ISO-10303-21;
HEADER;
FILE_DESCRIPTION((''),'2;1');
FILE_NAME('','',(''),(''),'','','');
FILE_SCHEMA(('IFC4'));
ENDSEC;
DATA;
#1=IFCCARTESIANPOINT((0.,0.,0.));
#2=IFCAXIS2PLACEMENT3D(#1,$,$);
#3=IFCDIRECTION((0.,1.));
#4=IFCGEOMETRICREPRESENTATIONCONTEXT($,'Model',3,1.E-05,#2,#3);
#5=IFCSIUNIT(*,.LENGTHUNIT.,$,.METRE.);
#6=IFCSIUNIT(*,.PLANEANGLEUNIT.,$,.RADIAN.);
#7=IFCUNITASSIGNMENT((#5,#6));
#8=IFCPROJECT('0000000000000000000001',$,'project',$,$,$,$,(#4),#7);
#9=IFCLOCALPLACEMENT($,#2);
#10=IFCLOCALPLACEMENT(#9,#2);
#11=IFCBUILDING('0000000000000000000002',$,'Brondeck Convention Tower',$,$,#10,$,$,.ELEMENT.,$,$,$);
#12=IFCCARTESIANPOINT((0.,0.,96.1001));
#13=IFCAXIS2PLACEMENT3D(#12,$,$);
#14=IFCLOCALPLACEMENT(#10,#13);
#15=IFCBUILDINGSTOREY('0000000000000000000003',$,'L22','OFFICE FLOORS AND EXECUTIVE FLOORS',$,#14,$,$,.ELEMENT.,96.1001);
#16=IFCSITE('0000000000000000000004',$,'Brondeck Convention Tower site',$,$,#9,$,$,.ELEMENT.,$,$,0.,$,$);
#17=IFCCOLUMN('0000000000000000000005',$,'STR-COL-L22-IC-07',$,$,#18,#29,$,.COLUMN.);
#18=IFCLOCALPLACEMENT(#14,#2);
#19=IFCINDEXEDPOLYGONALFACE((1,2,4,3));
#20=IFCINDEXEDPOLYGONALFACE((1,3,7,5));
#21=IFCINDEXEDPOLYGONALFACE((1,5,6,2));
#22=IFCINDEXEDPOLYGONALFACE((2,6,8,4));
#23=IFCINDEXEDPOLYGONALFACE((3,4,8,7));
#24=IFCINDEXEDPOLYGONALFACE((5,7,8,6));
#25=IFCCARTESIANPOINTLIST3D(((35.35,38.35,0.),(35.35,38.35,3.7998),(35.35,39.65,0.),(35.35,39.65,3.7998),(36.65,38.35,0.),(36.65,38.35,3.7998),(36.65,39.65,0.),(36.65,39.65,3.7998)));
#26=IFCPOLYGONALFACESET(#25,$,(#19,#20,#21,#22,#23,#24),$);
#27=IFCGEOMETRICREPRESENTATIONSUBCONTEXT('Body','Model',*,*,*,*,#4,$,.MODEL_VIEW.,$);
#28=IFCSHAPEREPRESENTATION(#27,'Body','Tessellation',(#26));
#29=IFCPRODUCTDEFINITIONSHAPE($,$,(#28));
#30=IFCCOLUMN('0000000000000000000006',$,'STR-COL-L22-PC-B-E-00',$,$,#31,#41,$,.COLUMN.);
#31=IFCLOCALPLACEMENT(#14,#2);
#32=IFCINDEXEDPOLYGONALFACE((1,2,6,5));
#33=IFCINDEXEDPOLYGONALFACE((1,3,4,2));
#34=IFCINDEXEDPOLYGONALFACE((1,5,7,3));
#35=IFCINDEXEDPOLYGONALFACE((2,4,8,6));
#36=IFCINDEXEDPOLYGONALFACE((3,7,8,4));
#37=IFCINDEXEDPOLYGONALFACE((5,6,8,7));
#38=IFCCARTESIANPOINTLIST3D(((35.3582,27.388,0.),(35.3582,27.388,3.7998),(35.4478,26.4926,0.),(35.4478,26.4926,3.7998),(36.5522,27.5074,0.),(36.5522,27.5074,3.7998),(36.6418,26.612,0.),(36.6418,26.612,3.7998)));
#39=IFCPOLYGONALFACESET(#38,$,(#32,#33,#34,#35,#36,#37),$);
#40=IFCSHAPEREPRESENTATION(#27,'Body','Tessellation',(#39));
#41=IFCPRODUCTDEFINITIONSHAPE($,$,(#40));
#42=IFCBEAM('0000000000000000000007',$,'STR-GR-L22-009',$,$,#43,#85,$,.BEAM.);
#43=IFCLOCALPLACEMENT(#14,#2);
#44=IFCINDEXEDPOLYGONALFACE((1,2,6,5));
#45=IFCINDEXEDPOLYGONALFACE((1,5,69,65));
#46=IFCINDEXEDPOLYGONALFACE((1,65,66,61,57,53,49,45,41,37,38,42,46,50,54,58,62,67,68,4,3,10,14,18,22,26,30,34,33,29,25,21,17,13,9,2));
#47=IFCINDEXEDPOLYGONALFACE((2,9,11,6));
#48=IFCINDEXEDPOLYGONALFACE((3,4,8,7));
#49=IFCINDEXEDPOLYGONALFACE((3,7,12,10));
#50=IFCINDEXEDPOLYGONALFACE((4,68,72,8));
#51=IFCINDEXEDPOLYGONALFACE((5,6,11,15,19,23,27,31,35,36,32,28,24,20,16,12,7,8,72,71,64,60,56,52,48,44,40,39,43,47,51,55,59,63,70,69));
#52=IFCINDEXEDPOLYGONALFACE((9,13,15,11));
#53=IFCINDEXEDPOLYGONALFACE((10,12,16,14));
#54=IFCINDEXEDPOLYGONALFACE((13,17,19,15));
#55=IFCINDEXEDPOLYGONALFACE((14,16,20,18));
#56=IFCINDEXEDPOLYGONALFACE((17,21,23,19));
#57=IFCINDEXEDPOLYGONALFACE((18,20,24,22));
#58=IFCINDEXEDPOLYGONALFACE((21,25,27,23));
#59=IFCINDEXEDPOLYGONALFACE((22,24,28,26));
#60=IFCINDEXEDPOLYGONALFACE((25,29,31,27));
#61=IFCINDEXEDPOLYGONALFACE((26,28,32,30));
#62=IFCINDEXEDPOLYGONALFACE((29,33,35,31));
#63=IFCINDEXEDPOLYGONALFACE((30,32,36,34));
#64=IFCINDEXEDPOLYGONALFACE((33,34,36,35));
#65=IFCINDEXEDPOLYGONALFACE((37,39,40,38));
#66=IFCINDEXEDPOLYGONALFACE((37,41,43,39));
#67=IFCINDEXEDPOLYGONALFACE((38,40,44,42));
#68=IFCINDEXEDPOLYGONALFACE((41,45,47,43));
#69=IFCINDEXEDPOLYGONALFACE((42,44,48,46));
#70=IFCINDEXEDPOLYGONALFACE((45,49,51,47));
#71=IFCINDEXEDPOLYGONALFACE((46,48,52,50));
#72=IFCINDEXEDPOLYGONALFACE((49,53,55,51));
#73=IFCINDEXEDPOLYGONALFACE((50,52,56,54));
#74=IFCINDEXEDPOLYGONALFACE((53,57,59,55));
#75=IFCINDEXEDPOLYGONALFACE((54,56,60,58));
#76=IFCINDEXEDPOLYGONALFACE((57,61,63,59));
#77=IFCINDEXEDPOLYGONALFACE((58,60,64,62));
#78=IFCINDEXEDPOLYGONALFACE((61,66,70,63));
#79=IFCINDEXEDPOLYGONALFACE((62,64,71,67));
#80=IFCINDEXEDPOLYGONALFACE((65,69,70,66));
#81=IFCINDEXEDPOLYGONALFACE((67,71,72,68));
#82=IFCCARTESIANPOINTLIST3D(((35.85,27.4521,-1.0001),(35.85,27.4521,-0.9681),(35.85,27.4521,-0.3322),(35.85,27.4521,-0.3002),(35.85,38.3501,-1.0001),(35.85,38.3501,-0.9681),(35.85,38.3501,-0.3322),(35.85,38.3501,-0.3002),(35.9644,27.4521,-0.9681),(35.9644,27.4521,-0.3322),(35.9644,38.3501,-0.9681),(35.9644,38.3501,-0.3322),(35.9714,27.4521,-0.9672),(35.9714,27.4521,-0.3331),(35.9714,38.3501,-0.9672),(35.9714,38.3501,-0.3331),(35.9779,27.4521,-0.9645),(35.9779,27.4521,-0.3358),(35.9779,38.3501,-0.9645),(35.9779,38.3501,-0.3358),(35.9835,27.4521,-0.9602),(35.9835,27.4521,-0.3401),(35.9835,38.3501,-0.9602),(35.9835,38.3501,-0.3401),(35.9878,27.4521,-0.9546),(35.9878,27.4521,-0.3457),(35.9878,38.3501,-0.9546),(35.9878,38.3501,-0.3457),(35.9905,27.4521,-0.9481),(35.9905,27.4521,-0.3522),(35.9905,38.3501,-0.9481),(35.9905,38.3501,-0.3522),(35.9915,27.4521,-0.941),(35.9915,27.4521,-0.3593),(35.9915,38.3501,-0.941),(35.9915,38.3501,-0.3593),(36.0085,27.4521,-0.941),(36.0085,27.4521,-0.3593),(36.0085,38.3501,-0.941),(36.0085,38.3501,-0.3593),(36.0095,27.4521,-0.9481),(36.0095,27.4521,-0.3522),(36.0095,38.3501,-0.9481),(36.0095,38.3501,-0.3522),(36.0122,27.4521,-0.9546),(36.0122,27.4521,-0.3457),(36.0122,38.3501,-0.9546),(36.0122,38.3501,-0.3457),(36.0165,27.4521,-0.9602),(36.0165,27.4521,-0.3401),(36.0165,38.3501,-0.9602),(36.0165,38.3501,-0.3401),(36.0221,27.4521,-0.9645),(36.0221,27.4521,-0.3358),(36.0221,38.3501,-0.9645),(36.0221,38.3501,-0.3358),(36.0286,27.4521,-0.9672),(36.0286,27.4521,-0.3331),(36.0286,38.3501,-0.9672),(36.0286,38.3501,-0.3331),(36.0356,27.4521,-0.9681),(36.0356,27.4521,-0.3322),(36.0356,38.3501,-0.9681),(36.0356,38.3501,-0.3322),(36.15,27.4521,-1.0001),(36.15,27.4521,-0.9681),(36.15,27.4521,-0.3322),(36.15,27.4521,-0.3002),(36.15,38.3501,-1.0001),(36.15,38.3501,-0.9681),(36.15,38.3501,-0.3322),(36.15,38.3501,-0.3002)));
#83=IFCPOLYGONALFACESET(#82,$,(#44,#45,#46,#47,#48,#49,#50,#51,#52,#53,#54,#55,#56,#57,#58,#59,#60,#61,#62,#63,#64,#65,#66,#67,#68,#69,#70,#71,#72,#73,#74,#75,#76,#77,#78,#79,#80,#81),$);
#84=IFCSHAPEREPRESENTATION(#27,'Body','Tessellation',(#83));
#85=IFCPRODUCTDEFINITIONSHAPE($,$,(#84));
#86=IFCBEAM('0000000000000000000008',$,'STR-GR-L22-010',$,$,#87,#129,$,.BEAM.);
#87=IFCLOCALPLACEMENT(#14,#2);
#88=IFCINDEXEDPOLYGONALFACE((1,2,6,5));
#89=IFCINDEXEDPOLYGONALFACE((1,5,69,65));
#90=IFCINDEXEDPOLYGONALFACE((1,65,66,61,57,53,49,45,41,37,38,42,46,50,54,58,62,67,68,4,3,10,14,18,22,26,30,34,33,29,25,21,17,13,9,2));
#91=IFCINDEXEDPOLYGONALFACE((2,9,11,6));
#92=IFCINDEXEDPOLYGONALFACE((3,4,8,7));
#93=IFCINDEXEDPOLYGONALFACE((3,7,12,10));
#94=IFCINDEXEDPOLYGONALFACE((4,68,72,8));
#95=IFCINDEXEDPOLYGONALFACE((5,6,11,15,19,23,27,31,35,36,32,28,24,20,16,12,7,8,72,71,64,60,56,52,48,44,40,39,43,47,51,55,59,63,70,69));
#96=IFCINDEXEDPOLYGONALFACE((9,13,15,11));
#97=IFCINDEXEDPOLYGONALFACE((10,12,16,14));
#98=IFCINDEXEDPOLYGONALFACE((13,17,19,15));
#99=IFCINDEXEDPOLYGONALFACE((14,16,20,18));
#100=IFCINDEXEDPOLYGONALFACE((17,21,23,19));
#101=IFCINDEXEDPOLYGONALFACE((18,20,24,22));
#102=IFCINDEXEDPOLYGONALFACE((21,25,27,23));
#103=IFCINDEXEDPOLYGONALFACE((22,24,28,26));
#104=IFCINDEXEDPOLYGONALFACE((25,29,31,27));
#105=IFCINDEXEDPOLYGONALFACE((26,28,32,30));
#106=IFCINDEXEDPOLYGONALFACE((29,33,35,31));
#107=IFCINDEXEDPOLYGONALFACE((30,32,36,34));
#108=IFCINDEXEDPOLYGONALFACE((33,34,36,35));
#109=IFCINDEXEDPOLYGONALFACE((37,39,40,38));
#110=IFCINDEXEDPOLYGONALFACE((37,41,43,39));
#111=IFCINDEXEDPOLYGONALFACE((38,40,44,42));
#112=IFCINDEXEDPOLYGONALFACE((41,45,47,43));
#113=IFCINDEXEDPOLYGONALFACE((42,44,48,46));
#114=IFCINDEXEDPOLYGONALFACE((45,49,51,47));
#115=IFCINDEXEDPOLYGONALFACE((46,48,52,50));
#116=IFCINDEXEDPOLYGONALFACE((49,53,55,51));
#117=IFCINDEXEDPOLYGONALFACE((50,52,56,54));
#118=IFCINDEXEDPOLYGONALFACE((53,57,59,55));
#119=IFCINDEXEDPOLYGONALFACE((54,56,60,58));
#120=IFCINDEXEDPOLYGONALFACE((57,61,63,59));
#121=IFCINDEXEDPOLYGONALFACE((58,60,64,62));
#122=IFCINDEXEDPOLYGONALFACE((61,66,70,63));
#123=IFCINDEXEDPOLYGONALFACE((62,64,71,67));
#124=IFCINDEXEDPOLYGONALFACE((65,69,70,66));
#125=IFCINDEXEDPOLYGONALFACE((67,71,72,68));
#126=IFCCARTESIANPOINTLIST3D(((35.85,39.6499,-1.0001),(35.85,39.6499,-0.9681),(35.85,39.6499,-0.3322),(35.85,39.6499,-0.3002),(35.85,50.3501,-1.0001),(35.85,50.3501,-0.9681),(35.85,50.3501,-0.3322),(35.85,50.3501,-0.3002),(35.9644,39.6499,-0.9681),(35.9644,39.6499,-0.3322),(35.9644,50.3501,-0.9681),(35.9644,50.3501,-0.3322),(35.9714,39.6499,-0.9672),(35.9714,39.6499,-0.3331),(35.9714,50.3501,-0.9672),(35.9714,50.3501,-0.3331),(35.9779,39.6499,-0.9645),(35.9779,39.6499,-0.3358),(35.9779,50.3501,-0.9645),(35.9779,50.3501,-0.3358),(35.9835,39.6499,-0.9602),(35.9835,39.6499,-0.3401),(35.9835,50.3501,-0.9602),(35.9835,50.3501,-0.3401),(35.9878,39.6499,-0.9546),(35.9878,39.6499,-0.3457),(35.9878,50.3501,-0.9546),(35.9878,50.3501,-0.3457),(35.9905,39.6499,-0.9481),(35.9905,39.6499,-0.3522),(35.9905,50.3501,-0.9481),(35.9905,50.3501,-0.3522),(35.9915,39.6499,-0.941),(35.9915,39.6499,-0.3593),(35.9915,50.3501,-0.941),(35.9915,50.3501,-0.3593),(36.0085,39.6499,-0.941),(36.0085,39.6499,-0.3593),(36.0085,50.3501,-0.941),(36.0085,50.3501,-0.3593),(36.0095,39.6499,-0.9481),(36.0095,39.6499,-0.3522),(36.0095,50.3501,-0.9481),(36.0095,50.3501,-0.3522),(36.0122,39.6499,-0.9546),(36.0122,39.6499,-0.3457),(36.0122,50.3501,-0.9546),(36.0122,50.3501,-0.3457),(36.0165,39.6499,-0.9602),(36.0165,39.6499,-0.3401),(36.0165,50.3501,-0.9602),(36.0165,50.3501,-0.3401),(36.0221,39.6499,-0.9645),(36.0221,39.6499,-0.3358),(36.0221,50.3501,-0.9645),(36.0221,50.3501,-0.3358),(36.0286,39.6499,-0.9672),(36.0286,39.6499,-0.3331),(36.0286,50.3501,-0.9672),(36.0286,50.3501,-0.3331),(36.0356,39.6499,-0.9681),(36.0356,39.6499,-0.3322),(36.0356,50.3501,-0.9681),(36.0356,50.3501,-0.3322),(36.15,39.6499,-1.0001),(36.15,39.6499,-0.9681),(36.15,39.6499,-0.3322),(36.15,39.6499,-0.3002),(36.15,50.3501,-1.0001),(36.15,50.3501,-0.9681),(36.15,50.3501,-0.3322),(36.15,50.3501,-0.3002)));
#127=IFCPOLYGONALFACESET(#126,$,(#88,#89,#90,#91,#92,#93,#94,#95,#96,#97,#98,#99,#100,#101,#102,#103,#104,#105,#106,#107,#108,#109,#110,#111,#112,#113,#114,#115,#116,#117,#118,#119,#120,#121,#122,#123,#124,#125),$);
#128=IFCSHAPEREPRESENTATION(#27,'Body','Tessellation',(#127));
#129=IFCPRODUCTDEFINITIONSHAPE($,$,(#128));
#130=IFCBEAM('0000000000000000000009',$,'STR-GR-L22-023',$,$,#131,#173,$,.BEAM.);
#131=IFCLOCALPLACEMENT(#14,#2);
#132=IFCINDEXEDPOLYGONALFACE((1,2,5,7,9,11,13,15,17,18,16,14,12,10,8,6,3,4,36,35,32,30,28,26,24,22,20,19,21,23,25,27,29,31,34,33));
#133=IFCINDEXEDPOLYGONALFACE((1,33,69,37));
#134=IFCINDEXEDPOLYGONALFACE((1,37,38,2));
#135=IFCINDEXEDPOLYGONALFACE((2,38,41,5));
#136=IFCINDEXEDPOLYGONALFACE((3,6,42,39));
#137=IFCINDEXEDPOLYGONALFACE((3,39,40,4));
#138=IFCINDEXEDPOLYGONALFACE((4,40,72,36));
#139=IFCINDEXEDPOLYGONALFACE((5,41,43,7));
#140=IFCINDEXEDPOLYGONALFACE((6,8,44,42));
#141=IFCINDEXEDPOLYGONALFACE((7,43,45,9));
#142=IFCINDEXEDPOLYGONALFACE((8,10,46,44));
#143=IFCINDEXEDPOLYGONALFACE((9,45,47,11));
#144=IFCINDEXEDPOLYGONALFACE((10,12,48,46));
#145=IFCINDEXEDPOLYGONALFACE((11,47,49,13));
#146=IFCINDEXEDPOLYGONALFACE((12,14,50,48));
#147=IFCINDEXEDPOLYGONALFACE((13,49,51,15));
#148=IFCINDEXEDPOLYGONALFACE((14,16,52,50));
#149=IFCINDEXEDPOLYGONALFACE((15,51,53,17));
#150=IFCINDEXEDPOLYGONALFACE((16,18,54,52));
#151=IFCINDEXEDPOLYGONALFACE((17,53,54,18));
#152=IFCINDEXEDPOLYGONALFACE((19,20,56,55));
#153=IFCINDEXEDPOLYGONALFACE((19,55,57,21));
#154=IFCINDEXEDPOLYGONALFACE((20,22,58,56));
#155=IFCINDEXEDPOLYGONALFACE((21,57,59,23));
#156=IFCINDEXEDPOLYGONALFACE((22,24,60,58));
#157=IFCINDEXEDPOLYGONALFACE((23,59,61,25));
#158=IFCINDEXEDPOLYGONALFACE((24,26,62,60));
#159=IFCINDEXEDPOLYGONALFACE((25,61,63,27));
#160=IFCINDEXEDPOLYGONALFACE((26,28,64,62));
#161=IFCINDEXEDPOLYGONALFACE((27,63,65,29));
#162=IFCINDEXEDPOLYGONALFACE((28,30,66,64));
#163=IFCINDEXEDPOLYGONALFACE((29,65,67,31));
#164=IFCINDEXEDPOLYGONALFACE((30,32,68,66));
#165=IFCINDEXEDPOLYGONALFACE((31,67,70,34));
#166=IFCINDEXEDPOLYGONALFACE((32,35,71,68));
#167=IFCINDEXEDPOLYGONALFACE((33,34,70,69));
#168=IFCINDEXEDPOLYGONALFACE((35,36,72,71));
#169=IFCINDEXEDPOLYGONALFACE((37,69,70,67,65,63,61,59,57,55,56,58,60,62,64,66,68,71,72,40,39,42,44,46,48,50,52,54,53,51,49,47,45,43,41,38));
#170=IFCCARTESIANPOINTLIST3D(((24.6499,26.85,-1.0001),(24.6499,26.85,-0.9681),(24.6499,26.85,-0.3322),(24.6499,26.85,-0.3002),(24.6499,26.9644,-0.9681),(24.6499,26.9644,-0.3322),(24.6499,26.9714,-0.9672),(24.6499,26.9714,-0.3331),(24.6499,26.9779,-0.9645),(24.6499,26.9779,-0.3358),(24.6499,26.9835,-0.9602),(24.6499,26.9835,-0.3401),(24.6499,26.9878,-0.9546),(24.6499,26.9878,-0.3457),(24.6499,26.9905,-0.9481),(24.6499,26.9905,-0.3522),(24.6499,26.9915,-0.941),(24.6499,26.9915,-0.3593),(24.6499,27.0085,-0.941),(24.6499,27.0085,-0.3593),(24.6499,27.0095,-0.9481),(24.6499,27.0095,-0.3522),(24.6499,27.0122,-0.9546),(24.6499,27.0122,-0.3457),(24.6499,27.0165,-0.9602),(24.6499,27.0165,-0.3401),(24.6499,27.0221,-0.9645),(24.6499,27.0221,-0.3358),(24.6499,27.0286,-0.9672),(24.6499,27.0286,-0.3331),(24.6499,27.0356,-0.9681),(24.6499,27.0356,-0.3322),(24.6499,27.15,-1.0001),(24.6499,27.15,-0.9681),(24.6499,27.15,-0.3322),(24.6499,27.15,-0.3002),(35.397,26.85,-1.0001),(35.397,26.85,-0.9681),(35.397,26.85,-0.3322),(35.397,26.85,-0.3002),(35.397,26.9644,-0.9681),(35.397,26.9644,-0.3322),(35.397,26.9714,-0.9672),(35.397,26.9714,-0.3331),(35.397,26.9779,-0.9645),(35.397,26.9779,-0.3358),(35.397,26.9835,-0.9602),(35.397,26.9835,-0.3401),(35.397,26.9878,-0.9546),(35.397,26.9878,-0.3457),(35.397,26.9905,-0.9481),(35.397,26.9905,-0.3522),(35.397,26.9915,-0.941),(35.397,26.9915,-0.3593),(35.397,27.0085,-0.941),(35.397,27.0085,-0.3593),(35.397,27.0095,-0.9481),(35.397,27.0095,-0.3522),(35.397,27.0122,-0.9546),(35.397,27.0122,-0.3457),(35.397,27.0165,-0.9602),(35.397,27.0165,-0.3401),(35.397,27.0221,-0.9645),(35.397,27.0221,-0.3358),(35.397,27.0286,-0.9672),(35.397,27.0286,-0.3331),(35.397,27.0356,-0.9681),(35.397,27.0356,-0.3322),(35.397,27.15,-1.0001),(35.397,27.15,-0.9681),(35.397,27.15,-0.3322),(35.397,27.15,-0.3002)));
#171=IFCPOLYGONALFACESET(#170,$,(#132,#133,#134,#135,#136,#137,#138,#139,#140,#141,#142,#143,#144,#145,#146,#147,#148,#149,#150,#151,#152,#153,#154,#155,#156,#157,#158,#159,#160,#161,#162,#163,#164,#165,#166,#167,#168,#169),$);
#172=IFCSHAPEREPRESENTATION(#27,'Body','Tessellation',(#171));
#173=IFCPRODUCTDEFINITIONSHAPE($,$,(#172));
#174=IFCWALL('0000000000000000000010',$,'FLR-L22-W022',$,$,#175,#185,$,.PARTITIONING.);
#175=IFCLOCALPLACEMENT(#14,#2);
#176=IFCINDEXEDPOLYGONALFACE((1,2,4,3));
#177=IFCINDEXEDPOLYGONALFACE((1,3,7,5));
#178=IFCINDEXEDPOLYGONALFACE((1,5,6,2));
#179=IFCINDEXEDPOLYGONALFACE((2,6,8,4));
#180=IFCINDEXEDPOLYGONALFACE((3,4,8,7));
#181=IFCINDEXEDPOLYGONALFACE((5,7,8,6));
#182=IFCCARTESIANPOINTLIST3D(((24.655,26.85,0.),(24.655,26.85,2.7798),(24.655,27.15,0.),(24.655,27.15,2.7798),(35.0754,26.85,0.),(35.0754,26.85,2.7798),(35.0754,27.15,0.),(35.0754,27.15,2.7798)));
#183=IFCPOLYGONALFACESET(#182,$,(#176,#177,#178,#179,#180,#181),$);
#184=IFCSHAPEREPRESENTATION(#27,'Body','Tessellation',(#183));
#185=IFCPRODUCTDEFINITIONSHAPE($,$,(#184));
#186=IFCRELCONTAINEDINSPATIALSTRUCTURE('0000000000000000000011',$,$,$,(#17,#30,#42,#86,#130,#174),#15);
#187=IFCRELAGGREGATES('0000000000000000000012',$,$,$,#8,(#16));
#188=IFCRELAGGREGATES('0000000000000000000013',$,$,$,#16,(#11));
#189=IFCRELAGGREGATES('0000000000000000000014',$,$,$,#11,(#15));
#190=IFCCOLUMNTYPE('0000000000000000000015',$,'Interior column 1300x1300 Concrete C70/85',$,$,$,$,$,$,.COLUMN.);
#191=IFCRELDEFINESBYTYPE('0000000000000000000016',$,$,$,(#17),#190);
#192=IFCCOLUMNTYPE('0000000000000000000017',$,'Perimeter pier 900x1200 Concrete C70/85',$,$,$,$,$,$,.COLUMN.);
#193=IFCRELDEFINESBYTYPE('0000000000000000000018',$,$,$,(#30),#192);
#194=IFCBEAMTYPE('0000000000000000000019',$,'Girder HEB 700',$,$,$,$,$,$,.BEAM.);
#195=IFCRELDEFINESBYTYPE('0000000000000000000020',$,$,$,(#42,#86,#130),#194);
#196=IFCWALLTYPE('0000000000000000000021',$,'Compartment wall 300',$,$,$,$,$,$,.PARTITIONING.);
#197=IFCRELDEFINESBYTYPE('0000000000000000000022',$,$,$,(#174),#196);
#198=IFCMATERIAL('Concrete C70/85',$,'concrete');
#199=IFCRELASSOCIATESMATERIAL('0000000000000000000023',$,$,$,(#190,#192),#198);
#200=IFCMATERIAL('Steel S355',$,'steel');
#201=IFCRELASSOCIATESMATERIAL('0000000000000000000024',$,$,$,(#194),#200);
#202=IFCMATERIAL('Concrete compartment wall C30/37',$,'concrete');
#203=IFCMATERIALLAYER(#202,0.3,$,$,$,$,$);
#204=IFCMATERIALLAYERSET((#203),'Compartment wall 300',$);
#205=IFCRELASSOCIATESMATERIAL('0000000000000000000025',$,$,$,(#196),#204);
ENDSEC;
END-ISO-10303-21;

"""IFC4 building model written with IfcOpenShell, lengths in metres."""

from ifc_helpers import new_model, si_unit, direction, frame, frame_2d, origin, origin_2d, place, context, subcontext, project, spatial, rectangle, i_section, extrude, material, layer, layer_set, material_profile, profile_set, type_object, element, save


model = new_model("IFC4")

# Units and contexts
model_context = context("Model", 3, precision=1e-05, world=origin(), true_north=direction((0.0, 1.0)))
body_context = subcontext(model_context, "Body", "Model", "MODEL_VIEW")
ifc_project = project(units=[si_unit("LENGTHUNIT", "METRE"), si_unit("PLANEANGLEUNIT", "RADIAN")], contexts=[model_context])

# Site, building, storey
site_placement = place(None, origin())
site = spatial("IfcSite", under=ifc_project, at=site_placement, Name="Brondeck Convention Tower site", CompositionType="ELEMENT", RefElevation=0.0)
building_placement = place(site_placement, origin())
building = spatial("IfcBuilding", under=site, at=building_placement, Name="Brondeck Convention Tower", CompositionType="ELEMENT")
storey_placement = place(building_placement, frame((0.0, 0.0, 96.1001)))
storey = spatial("IfcBuildingStorey", under=building, at=storey_placement, Name="L22", Description="OFFICE FLOORS AND EXECUTIVE FLOORS", CompositionType="ELEMENT", Elevation=96.1001)

# Columns
ifc_material_1 = material(Name="Concrete C70/85", Category="concrete")
ifc_material_profile_1 = material_profile(ifc_material_1, rectangle(XDim=1.3, YDim=1.3, at=origin_2d()), Name="Interior column 1300x1300 Concrete C70/85")
ifc_profile_set_1 = profile_set([ifc_material_profile_1], Name="Concrete C70/85")
column_type_1 = type_object("IfcColumnType", Name="Interior column 1300x1300 Concrete C70/85", PredefinedType="COLUMN", material=ifc_profile_set_1)
column_1_placement = place(storey_placement, frame((36.0, 39.0, 0.0), z_axis=(0.0, 0.0, 1.0), x_axis=(1.0, 0.0, 0.0)))
element("IfcColumn", 1, at=column_1_placement, inside=storey, type_object=column_type_1, Name="STR-COL-L22-IC-07", PredefinedType="COLUMN", context=body_context, shape_type="SweptSolid", body=[
    extrude(rectangle(XDim=1.3, YDim=1.3, at=origin_2d()), origin(), (0.0, 0.0, 1.0), 3.7998),
])
ifc_material_profile_2 = material_profile(ifc_material_1, rectangle(XDim=0.8999, YDim=1.2, at=origin_2d()), Name="Perimeter pier 900x1200 Concrete C70/85")
ifc_profile_set_2 = profile_set([ifc_material_profile_2], Name="Concrete C70/85")
column_type_2 = type_object("IfcColumnType", Name="Perimeter pier 900x1200 Concrete C70/85", PredefinedType="COLUMN", material=ifc_profile_set_2)
column_2_placement = place(storey_placement, frame((36.0, 27.0, 0.0), z_axis=(0.0, 0.0, 1.0), x_axis=(-0.099504, 0.995037, 0.0)))
element("IfcColumn", 2, at=column_2_placement, inside=storey, type_object=column_type_2, Name="STR-COL-L22-PC-B-E-00", PredefinedType="COLUMN", context=body_context, shape_type="SweptSolid", body=[
    extrude(rectangle(XDim=0.8999, YDim=1.2, at=origin_2d()), origin(), (0.0, 0.0, 1.0), 3.7998),
])

# Beams
ifc_material_2 = material(Name="Steel S355", Category="steel")
ifc_material_profile_3 = material_profile(ifc_material_2, i_section(OverallWidth=0.3, OverallDepth=0.7, WebThickness=0.0171, FlangeThickness=0.032, FilletRadius=0.0271, at=origin_2d()), Name="HEB 700")
ifc_profile_set_3 = profile_set([ifc_material_profile_3], Name="Steel S355")
beam_type = type_object("IfcBeamType", Name="Girder HEB 700", PredefinedType="BEAM", material=ifc_profile_set_3)
beam_1_placement = place(storey_placement, frame((36.0, 27.4521, -0.6501), z_axis=(0.0, 1.0, 0.0), x_axis=(-1.0, 0.0, 0.0)))
element("IfcBeam", 3, at=beam_1_placement, inside=storey, type_object=beam_type, Name="STR-GR-L22-009", PredefinedType="BEAM", context=body_context, shape_type="SweptSolid", body=[
    extrude(i_section(OverallWidth=0.3, OverallDepth=0.7, WebThickness=0.0171, FlangeThickness=0.032, FilletRadius=0.0271, at=origin_2d()), origin(), (0.0, 0.0, 1.0), 10.8979),
])
beam_2_placement = place(storey_placement, frame((36.0, 39.6499, -0.6501), z_axis=(0.0, 1.0, 0.0), x_axis=(-1.0, 0.0, 0.0)))
element("IfcBeam", 4, at=beam_2_placement, inside=storey, type_object=beam_type, Name="STR-GR-L22-010", PredefinedType="BEAM", context=body_context, shape_type="SweptSolid", body=[
    extrude(i_section(OverallWidth=0.3, OverallDepth=0.7, WebThickness=0.0171, FlangeThickness=0.032, FilletRadius=0.0271, at=origin_2d()), origin(), (0.0, 0.0, 1.0), 10.7002),
])
beam_3_placement = place(storey_placement, frame((24.6499, 27.0, -0.6501), z_axis=(1.0, 0.0, 0.0), x_axis=(0.0, 1.0, 0.0)))
element("IfcBeam", 5, at=beam_3_placement, inside=storey, type_object=beam_type, Name="STR-GR-L22-023", PredefinedType="BEAM", context=body_context, shape_type="SweptSolid", body=[
    extrude(i_section(OverallWidth=0.3, OverallDepth=0.7, WebThickness=0.0171, FlangeThickness=0.032, FilletRadius=0.0271, at=origin_2d()), origin(), (0.0, 0.0, 1.0), 10.7471),
])

# Wall
ifc_material_3 = material(Name="Concrete compartment wall C30/37", Category="concrete")
ifc_layer_1 = layer(ifc_material_3, 0.3)
ifc_layer_set_1 = layer_set([ifc_layer_1], Name="Compartment wall 300")
wall_type_1 = type_object("IfcWallType", Name="Compartment wall 300", PredefinedType="PARTITIONING", material=ifc_layer_set_1)
for number, where, z_axis, x_axis, name in (
    (6, (24.655, 27.0, 0.0), (0.0, 0.0, 1.0), (1.0, 0.0, 0.0), "FLR-L22-W022"),
):
    element("IfcWall", number, at=place(storey_placement, frame(where, z_axis=z_axis, x_axis=x_axis)), inside=storey, type_object=wall_type_1, Name=name, PredefinedType="PARTITIONING", context=body_context, shape_type="SweptSolid", body=[
        extrude(rectangle(XDim=10.4204, YDim=0.3, at=frame_2d((5.2102, 0.0))), origin(), (0.0, 0.0, 1.0), 2.7798),
    ])

save(model, "model.ifc")
